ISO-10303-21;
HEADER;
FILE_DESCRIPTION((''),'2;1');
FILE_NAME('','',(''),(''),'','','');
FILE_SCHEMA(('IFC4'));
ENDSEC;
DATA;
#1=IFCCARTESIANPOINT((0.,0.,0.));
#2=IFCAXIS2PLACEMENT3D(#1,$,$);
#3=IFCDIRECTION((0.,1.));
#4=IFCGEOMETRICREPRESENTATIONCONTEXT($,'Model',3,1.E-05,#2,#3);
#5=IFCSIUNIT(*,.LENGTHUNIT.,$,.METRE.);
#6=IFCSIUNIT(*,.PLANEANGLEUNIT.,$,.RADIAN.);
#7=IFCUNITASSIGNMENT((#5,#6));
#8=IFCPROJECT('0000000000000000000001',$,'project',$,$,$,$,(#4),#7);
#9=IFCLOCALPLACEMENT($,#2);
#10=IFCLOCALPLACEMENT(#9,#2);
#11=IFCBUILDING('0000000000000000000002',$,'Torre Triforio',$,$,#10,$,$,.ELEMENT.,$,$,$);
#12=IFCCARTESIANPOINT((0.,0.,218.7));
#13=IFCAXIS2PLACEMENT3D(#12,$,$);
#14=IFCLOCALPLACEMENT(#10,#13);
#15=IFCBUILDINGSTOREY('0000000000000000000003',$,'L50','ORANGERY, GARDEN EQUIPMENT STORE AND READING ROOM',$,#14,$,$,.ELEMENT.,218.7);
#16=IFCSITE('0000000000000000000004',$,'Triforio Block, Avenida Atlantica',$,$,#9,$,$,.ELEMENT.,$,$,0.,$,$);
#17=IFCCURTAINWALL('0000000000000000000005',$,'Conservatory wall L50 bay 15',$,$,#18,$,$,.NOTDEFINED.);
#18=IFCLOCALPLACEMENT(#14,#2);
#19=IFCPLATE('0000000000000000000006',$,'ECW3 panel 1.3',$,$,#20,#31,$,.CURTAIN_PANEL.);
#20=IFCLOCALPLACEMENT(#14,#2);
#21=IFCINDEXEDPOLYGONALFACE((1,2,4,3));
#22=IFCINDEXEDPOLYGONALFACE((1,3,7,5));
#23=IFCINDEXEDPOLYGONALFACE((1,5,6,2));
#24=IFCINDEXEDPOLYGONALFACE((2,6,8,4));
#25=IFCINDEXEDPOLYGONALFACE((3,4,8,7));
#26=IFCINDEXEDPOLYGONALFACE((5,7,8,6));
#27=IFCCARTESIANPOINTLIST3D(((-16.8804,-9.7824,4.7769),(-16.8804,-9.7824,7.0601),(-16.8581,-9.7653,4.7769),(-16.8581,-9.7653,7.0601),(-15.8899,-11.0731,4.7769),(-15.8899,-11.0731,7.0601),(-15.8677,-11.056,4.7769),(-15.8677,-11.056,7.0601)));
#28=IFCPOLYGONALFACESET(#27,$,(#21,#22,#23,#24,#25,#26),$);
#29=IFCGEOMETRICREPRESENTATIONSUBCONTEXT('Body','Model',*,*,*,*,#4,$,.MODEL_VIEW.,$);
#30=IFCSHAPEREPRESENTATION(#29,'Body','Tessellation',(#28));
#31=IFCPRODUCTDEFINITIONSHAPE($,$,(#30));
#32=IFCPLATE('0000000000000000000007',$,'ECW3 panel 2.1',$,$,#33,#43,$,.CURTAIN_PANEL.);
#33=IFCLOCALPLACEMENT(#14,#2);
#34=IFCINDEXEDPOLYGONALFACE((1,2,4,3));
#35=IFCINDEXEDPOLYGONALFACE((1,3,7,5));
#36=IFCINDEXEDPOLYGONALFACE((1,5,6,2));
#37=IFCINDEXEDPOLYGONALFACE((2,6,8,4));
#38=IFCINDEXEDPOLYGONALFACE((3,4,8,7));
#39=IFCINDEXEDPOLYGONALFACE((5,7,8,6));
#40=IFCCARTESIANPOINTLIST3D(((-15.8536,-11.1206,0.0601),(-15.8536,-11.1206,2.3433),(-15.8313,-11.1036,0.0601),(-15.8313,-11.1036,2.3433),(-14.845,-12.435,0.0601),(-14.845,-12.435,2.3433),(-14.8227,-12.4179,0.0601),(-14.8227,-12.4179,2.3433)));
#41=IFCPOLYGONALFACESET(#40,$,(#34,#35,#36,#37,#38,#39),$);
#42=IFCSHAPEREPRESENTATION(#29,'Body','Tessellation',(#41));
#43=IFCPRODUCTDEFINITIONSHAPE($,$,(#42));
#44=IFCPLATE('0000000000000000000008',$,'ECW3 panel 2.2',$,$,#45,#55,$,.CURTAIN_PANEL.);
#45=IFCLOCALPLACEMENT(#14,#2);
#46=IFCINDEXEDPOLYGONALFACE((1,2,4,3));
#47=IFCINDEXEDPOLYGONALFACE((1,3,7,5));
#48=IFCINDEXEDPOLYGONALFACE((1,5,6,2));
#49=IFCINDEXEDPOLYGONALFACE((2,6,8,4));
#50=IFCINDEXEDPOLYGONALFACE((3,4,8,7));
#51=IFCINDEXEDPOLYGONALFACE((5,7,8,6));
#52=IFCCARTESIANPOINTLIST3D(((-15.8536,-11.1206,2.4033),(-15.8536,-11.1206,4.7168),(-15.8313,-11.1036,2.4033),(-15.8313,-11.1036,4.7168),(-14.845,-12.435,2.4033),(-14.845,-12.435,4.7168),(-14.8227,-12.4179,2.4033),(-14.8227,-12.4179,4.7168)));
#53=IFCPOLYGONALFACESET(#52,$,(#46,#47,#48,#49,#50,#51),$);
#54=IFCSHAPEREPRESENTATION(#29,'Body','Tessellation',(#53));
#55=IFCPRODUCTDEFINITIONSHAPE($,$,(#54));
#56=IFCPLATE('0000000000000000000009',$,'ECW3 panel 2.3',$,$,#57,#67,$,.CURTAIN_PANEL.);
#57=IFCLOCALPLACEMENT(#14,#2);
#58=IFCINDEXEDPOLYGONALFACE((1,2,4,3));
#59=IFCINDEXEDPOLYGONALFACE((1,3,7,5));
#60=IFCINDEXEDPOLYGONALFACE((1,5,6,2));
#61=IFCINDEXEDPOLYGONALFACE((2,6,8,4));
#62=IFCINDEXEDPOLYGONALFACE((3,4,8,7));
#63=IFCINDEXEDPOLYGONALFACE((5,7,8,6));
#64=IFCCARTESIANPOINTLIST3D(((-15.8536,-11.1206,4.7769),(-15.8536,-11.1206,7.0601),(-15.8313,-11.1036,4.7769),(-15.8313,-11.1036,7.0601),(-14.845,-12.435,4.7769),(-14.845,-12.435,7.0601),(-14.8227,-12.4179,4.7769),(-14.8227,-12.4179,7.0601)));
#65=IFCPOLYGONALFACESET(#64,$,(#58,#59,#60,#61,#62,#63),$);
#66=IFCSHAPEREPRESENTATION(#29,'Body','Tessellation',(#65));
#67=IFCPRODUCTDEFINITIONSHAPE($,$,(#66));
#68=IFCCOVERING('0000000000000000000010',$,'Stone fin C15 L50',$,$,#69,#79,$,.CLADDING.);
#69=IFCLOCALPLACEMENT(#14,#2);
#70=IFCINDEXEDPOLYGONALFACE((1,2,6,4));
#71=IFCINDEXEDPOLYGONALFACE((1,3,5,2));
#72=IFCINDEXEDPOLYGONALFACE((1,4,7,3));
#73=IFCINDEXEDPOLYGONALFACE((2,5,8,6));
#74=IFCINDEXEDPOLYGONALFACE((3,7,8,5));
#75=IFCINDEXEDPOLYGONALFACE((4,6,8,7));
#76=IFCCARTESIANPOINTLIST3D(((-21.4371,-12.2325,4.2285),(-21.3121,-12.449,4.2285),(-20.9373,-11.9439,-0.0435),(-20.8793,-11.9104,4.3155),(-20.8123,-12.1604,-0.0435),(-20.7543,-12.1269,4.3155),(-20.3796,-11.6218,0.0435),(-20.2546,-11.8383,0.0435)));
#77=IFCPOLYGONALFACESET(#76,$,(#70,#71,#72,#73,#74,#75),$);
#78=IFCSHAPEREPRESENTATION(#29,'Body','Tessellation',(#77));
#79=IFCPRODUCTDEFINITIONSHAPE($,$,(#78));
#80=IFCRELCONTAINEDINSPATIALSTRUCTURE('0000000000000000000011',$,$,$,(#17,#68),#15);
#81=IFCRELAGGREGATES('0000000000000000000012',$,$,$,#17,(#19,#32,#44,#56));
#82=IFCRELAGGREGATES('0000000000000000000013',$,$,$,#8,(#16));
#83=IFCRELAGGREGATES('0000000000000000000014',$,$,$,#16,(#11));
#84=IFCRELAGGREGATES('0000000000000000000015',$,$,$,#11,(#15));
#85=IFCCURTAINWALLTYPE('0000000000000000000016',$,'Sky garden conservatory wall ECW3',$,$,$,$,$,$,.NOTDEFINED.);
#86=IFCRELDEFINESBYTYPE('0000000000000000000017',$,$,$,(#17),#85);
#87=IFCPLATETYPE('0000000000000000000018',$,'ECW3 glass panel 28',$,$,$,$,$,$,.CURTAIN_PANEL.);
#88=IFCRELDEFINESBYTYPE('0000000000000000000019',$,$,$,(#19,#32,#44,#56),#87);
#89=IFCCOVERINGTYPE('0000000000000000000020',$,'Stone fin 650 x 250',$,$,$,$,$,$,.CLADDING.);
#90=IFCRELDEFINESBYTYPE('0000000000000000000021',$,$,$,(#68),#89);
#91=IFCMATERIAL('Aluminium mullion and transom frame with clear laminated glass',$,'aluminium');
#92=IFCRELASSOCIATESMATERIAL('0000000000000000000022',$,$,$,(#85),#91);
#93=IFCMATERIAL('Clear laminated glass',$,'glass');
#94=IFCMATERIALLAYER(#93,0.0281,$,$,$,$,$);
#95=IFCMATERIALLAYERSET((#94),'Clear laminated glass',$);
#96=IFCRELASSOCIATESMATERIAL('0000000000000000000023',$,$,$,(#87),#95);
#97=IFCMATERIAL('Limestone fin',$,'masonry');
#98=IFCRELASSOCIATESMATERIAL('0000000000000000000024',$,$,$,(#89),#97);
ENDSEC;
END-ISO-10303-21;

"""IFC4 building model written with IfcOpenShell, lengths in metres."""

from ifc_helpers import new_model, si_unit, direction, frame, origin, origin_2d, place, context, subcontext, project, spatial, rectangle, extrude, material, layer, layer_set, material_profile, profile_set, type_object, element, aggregate, save


model = new_model("IFC4")

# Units and contexts
model_context = context("Model", 3, precision=1e-05, world=origin(), true_north=direction((0.0, 1.0)))
body_context = subcontext(model_context, "Body", "Model", "MODEL_VIEW")
ifc_project = project(units=[si_unit("LENGTHUNIT", "METRE"), si_unit("PLANEANGLEUNIT", "RADIAN")], contexts=[model_context])

# Site, building, storey
site_placement = place(None, origin())
site = spatial("IfcSite", under=ifc_project, at=site_placement, Name="Triforio Block, Avenida Atlantica", CompositionType="ELEMENT", RefElevation=0.0)
building_placement = place(site_placement, origin())
building = spatial("IfcBuilding", under=site, at=building_placement, Name="Torre Triforio", CompositionType="ELEMENT")
storey_placement = place(building_placement, frame((0.0, 0.0, 218.7)))
storey = spatial("IfcBuildingStorey", under=building, at=storey_placement, Name="L50", Description="ORANGERY, GARDEN EQUIPMENT STORE AND READING ROOM", CompositionType="ELEMENT", Elevation=218.7)

# Curtain wall
ifc_material_1 = material(Name="Aluminium mullion and transom frame with clear laminated glass", Category="aluminium")
curtain_wall_type = type_object("IfcCurtainWallType", Name="Sky garden conservatory wall ECW3", PredefinedType="NOTDEFINED", material=ifc_material_1)
curtain_wall_placement = place(storey_placement, origin())
curtain_wall = element("IfcCurtainWall", 1, at=curtain_wall_placement, inside=storey, type_object=curtain_wall_type, Name="Conservatory wall L50 bay 15", PredefinedType="NOTDEFINED")

# Plates
ifc_material_2 = material(Name="Clear laminated glass", Category="glass")
ifc_layer = layer(ifc_material_2, 0.0281)
ifc_layer_set = layer_set([ifc_layer], Name="Clear laminated glass")
plate_type = type_object("IfcPlateType", Name="ECW3 glass panel 28", PredefinedType="CURTAIN_PANEL", material=ifc_layer_set)
plate_1_placement = place(storey_placement, frame((-16.374, -10.4192, 4.7769), z_axis=(0.0, 0.0, 1.0), x_axis=(0.608767, -0.793349, 0.0)))
plate_1 = element("IfcPlate", 2, at=plate_1_placement, type_object=plate_type, Name="ECW3 panel 1.3", PredefinedType="CURTAIN_PANEL", context=body_context, shape_type="SweptSolid", body=[
    extrude(rectangle(XDim=1.627, YDim=0.0281, at=origin_2d()), origin(), (0.0, 0.0, 1.0), 2.2832),
])
plate_2_placement = place(storey_placement, frame((-15.3381, -11.7693, 0.0601), z_axis=(0.0, 0.0, 1.0), x_axis=(0.608767, -0.793349, 0.0)))
plate_2 = element("IfcPlate", 3, at=plate_2_placement, type_object=plate_type, Name="ECW3 panel 2.1", PredefinedType="CURTAIN_PANEL", context=body_context, shape_type="SweptSolid", body=[
    extrude(rectangle(XDim=1.6567, YDim=0.0281, at=origin_2d()), origin(), (0.0, 0.0, 1.0), 2.2832),
])
plate_3_placement = place(storey_placement, frame((-15.3381, -11.7693, 2.4033), z_axis=(0.0, 0.0, 1.0), x_axis=(0.608767, -0.793349, 0.0)))
plate_3 = element("IfcPlate", 4, at=plate_3_placement, type_object=plate_type, Name="ECW3 panel 2.2", PredefinedType="CURTAIN_PANEL", context=body_context, shape_type="SweptSolid", body=[
    extrude(rectangle(XDim=1.6567, YDim=0.0281, at=origin_2d()), origin(), (0.0, 0.0, 1.0), 2.3135),
])
plate_4_placement = place(storey_placement, frame((-15.3381, -11.7693, 4.7769), z_axis=(0.0, 0.0, 1.0), x_axis=(0.608767, -0.793349, 0.0)))
plate_4 = element("IfcPlate", 5, at=plate_4_placement, type_object=plate_type, Name="ECW3 panel 2.3", PredefinedType="CURTAIN_PANEL", context=body_context, shape_type="SweptSolid", body=[
    extrude(rectangle(XDim=1.6567, YDim=0.0281, at=origin_2d()), origin(), (0.0, 0.0, 1.0), 2.2832),
])
aggregate(curtain_wall, [plate_1, plate_2, plate_3, plate_4])

# Covering
ifc_material_3 = material(Name="Limestone fin", Category="masonry")
ifc_material_profile_1 = material_profile(ifc_material_3, rectangle(XDim=0.6499, YDim=0.25, at=origin_2d()), Name="FIN 650x250")
ifc_profile_set_1 = profile_set([ifc_material_profile_1], Name="Limestone fin")
covering_type = type_object("IfcCoveringType", Name="Stone fin 650 x 250", PredefinedType="CLADDING", material=ifc_profile_set_1)
covering_placement = place(storey_placement, frame((-20.5959, -11.8911, 0.0), z_axis=(-0.115932, -0.066943, 0.990999), x_axis=(0.8582, 0.495551, 0.133871)))
element("IfcCovering", 6, at=covering_placement, inside=storey, type_object=covering_type, Name="Stone fin C15 L50", PredefinedType="CLADDING", context=body_context, shape_type="SweptSolid", body=[
    extrude(rectangle(XDim=0.6499, YDim=0.25, at=origin_2d()), origin(), (0.0, 0.0, 1.0), 4.3108),
])

save(model, "model.ifc")
